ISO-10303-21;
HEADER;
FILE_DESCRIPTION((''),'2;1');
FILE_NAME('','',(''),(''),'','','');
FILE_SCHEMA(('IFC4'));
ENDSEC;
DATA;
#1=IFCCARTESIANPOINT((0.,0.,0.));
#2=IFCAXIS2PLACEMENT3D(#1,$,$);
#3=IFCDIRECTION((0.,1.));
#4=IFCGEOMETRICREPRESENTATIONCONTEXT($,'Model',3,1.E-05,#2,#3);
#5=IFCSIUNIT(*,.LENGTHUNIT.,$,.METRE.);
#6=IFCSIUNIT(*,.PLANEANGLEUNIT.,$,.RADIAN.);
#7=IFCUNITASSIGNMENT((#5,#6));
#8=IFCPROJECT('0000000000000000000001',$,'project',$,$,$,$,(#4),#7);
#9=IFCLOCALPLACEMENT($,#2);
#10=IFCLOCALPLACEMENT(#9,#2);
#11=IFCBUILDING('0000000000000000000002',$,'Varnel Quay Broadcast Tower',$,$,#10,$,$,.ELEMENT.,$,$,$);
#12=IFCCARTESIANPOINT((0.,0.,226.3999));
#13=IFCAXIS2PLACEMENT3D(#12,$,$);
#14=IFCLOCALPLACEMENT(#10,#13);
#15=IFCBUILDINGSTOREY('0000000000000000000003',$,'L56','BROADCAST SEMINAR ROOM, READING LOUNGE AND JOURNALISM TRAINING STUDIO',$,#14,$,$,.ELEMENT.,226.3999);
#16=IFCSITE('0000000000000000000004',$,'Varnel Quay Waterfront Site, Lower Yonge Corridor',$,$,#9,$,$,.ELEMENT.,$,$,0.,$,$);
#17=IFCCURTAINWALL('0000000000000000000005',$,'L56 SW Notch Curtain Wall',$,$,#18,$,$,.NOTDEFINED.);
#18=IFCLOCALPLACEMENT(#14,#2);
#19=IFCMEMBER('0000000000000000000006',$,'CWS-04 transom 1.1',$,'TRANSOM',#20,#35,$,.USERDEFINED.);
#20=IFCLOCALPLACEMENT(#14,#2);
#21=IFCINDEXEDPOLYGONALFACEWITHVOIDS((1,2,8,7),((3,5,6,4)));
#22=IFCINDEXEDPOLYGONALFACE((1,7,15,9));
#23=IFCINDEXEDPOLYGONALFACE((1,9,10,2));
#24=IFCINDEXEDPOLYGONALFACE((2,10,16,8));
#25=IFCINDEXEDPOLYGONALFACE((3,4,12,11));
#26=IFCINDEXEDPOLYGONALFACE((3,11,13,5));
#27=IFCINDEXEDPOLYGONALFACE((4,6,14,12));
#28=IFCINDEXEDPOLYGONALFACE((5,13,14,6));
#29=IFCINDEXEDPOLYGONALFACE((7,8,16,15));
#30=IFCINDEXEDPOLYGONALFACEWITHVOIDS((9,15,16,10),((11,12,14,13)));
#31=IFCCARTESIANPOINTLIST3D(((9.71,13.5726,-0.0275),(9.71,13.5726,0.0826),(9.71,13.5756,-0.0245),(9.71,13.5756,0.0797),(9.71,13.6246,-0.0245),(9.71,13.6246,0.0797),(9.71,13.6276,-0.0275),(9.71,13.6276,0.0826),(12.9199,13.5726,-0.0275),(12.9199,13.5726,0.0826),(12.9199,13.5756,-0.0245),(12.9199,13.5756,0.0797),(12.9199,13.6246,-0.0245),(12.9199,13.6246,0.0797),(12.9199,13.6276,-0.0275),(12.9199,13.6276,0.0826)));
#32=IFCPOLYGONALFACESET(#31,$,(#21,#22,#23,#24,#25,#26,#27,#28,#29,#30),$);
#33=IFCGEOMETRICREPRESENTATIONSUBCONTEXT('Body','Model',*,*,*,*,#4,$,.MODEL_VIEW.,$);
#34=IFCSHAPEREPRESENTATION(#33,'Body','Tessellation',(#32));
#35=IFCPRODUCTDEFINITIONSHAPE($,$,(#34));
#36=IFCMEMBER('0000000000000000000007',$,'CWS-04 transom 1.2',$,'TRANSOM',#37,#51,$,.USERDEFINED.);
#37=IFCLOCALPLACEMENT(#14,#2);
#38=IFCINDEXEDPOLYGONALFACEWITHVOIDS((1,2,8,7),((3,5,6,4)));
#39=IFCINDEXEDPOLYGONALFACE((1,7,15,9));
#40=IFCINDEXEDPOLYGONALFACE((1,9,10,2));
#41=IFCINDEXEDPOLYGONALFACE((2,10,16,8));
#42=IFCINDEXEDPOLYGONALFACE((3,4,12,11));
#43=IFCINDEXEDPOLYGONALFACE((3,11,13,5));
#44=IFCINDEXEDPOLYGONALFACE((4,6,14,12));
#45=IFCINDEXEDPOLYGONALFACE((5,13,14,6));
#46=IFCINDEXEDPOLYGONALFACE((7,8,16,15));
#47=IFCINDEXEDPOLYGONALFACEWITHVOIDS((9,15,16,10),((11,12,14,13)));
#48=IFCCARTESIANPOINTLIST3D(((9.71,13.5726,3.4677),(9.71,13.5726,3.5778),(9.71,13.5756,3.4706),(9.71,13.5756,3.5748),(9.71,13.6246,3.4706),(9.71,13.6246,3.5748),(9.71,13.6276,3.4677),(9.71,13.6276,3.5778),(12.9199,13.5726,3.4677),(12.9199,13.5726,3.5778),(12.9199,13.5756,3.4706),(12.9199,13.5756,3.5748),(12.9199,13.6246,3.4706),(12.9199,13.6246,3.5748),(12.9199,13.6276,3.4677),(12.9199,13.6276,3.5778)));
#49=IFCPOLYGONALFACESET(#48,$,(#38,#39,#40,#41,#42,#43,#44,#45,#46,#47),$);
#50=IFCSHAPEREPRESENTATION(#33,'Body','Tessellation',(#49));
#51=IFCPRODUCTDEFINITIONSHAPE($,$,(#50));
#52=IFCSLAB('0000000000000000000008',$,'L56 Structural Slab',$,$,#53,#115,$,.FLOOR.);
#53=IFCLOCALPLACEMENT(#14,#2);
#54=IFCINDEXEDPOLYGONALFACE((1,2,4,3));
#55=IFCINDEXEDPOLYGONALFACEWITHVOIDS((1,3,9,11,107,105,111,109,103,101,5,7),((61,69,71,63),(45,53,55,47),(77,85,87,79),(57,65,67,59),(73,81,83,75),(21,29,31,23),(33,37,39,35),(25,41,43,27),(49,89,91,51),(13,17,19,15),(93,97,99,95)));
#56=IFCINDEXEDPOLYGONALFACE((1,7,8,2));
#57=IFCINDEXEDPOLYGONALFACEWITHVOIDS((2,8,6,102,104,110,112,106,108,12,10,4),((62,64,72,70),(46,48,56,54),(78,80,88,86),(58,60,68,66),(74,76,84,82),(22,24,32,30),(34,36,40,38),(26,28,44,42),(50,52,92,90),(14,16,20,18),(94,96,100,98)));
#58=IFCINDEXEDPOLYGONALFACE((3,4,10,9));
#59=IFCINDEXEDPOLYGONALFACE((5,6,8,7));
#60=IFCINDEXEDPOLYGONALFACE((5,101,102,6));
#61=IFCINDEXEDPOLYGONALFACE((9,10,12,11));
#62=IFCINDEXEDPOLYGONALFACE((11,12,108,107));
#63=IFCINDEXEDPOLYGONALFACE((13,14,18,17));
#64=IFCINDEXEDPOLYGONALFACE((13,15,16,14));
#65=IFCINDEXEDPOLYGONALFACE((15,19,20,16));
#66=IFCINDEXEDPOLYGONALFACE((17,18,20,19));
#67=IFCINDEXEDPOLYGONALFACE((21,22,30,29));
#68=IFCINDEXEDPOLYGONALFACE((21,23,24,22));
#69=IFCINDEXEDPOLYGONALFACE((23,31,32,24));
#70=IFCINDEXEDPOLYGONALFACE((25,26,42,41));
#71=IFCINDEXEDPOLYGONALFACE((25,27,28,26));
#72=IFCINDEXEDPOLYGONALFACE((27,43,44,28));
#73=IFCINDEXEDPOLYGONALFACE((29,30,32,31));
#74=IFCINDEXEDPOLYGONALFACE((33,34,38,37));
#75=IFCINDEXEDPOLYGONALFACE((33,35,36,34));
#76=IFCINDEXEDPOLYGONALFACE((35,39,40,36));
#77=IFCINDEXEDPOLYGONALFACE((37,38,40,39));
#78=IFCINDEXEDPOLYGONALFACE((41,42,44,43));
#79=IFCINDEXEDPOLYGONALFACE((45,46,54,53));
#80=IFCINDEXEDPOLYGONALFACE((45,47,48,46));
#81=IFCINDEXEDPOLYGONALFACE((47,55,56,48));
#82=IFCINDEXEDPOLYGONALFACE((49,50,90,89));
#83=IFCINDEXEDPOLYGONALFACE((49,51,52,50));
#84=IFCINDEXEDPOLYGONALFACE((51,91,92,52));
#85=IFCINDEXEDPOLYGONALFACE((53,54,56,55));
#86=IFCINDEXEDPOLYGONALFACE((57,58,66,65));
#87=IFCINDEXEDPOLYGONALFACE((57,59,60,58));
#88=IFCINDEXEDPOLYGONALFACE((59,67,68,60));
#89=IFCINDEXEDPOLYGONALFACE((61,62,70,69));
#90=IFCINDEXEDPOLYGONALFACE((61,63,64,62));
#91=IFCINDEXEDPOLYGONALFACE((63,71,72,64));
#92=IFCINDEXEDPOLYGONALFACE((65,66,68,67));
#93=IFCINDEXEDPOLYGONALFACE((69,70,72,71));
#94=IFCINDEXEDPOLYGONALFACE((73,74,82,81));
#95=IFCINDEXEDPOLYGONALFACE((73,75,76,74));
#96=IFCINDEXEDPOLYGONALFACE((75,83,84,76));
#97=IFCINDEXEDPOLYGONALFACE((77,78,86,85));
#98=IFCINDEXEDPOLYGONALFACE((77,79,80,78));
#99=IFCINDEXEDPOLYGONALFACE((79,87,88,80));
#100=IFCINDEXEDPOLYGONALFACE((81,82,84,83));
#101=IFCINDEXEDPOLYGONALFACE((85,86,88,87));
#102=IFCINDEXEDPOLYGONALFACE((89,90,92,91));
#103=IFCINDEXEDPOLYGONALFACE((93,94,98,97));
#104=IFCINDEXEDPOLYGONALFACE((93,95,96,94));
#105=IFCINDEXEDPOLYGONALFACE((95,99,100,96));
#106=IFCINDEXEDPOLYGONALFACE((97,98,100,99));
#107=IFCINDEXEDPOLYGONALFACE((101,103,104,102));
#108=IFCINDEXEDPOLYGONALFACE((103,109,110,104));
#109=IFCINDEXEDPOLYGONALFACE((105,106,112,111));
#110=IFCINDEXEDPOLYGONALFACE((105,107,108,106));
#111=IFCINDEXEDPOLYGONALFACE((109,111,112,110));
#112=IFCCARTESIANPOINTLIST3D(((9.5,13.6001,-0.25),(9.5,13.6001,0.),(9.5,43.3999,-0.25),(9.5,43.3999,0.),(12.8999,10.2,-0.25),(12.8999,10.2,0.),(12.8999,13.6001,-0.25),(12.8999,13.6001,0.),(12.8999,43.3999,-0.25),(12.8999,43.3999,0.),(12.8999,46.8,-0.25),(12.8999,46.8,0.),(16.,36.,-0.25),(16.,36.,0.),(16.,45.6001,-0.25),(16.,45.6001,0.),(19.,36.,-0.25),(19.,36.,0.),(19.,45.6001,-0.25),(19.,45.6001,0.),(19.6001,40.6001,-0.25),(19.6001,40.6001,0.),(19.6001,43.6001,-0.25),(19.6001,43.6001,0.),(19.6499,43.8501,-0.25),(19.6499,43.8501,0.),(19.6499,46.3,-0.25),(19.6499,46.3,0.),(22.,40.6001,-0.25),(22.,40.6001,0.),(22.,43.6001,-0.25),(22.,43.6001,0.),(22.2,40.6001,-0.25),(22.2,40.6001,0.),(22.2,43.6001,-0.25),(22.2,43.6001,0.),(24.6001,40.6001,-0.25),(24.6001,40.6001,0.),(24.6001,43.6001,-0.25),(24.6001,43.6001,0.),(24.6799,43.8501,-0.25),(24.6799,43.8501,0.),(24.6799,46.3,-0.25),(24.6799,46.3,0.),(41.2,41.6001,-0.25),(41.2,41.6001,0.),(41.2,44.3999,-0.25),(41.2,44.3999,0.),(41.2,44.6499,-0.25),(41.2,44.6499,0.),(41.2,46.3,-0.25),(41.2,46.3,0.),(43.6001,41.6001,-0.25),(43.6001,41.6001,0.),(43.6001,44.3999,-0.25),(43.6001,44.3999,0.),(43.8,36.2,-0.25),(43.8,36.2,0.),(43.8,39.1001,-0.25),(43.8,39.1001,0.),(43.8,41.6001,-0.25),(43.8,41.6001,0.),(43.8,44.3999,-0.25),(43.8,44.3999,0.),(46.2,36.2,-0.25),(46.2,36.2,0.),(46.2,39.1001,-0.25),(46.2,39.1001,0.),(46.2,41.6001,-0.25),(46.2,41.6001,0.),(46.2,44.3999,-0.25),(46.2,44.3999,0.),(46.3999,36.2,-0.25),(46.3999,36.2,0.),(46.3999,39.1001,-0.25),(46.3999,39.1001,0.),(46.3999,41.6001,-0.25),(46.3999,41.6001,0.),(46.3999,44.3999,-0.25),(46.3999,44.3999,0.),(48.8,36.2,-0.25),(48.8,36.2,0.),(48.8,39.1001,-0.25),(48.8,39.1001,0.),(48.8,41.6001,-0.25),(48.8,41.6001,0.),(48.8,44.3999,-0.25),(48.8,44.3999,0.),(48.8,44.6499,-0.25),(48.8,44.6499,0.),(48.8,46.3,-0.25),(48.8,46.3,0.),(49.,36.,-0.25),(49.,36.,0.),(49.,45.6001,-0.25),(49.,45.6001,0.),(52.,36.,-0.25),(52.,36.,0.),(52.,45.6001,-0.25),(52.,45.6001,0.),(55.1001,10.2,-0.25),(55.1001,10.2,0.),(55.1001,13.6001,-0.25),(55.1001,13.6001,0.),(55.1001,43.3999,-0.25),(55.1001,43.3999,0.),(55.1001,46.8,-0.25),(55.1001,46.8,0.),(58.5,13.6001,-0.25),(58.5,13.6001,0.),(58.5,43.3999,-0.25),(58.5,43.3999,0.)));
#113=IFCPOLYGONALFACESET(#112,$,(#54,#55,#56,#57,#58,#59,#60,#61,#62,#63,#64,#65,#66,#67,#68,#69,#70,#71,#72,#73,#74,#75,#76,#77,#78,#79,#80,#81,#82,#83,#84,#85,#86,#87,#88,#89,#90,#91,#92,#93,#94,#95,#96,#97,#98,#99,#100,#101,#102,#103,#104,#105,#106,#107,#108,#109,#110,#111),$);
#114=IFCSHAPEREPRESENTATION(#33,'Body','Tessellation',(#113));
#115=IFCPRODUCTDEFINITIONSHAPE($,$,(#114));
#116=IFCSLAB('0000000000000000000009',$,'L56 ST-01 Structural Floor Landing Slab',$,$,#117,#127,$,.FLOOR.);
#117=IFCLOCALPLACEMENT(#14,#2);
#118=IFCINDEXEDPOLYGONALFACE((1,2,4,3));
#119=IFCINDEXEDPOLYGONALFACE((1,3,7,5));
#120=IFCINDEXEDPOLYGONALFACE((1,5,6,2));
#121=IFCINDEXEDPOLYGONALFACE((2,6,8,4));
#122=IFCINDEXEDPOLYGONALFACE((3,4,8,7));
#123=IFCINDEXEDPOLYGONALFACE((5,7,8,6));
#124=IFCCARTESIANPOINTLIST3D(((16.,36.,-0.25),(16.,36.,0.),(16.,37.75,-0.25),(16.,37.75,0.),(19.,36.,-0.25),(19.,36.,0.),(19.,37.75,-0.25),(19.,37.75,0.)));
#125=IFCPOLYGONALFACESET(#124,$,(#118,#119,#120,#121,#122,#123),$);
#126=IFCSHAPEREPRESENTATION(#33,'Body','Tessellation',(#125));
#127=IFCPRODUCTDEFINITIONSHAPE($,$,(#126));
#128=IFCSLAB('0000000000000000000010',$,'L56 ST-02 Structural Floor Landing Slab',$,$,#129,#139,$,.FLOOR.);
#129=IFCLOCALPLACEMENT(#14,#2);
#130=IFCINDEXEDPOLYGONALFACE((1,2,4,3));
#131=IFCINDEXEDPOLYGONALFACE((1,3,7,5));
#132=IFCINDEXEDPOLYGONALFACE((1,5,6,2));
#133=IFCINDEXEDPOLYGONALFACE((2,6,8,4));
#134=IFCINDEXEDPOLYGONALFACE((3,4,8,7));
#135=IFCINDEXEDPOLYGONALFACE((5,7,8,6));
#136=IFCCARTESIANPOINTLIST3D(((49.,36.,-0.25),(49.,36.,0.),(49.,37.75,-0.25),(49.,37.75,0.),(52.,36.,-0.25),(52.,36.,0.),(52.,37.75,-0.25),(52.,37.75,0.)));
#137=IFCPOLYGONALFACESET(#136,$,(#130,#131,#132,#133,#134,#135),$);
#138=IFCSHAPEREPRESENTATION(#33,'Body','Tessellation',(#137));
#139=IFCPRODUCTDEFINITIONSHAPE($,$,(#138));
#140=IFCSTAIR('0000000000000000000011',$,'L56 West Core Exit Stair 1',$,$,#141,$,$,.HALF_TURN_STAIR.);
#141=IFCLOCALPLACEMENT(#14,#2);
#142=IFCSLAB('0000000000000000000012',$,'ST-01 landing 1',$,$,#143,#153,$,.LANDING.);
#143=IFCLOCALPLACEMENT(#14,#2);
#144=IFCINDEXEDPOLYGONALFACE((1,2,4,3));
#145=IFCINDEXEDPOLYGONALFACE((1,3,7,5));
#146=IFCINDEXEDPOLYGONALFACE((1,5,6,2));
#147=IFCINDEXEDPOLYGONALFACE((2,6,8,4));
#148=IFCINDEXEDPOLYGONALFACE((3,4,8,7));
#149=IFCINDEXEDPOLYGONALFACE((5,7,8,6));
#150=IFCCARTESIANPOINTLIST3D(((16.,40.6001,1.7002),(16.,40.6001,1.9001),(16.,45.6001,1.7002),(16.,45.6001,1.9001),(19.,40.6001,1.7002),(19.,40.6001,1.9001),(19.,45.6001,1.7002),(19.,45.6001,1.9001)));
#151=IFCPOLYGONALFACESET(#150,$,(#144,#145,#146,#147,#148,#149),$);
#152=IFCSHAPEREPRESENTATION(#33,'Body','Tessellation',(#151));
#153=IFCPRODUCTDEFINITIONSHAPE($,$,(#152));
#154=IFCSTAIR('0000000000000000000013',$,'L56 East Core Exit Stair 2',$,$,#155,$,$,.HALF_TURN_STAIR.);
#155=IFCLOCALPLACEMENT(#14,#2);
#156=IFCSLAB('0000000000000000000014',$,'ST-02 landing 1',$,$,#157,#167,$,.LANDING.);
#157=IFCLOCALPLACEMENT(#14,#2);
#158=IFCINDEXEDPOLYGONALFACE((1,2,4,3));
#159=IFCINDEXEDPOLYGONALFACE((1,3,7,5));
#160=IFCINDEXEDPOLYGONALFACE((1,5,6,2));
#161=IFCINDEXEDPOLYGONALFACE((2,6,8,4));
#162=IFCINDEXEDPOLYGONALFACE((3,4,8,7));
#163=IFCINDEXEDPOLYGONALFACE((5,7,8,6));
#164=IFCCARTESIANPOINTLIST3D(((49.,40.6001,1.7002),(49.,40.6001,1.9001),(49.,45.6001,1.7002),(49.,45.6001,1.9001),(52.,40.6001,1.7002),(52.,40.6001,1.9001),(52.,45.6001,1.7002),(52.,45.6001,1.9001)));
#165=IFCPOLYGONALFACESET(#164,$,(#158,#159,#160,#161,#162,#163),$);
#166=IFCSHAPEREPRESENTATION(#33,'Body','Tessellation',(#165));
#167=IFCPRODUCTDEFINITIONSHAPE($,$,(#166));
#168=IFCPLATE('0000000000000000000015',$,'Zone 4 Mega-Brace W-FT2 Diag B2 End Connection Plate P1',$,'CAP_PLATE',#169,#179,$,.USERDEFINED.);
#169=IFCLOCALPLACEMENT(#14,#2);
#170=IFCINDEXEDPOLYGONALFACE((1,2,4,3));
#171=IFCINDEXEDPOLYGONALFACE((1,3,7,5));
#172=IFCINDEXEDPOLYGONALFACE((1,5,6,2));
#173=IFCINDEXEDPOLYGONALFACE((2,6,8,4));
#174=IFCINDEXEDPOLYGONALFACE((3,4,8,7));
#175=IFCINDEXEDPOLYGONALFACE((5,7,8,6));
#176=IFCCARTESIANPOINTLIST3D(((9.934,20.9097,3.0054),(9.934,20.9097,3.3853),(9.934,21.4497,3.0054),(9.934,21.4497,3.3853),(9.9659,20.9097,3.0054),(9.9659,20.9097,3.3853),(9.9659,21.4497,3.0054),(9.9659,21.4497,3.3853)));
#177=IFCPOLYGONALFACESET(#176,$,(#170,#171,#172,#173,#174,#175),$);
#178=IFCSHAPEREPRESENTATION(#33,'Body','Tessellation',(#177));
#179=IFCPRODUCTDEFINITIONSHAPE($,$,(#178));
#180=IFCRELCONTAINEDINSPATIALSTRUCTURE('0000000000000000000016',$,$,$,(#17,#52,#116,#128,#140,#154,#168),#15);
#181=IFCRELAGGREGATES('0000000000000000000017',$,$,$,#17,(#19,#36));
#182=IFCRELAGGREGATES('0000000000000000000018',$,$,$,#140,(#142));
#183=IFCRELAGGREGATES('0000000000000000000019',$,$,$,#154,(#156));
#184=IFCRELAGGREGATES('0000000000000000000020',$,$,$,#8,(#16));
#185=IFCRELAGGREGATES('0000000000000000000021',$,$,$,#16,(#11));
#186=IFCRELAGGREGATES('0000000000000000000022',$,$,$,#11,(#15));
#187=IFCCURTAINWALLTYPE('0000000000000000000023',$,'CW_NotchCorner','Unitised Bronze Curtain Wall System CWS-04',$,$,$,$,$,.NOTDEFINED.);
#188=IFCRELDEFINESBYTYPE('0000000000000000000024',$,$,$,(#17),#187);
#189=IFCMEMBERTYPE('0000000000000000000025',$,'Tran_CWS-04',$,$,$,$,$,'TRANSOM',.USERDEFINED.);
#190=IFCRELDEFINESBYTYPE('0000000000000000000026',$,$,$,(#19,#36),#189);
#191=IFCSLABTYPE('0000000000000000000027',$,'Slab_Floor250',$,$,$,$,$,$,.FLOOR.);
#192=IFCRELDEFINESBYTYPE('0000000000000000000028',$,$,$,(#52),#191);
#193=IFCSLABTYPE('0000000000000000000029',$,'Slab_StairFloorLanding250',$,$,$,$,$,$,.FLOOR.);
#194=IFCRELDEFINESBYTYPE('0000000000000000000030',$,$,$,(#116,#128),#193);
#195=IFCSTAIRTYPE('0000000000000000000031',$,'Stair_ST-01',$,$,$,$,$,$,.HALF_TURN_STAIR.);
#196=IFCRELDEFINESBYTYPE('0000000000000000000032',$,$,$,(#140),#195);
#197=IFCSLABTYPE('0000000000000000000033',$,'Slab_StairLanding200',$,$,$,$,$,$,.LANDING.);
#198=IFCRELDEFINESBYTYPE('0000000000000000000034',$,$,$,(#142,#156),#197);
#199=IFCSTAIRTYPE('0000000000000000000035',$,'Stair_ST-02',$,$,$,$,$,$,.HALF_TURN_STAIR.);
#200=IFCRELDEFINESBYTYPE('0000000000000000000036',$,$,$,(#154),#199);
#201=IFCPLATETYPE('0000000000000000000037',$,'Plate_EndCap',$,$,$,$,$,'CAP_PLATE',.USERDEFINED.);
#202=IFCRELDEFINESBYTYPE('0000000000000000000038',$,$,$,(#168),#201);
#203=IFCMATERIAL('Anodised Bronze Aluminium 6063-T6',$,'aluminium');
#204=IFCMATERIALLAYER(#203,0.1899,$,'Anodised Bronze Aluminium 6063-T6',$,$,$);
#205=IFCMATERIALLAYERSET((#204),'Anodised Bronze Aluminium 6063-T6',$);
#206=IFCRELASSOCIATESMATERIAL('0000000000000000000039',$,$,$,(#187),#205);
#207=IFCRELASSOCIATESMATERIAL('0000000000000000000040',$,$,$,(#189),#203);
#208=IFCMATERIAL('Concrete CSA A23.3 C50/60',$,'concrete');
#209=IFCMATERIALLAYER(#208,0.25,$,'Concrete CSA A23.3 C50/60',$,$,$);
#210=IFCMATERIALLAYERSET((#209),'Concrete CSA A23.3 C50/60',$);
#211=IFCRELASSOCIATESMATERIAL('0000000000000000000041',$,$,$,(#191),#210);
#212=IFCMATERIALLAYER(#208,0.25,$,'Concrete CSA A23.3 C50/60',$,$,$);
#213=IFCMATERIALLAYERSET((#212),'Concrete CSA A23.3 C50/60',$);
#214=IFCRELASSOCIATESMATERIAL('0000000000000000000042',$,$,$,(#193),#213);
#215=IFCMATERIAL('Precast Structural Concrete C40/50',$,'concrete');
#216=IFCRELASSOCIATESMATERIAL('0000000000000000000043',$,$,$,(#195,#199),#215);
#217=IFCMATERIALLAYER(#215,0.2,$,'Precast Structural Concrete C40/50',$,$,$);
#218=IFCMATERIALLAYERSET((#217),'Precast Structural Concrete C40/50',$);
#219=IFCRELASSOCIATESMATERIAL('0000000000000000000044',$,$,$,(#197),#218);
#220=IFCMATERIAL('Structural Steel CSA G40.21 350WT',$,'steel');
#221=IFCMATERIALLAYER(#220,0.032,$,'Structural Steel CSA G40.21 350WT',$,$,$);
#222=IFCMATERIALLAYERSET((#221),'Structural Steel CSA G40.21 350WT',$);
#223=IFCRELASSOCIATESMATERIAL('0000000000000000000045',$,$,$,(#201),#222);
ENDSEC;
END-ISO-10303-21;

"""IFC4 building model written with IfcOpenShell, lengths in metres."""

from ifc_helpers import new_model, si_unit, direction, frame, origin, origin_2d, place, context, subcontext, project, spatial, polyline, rectangle, hollow_rectangle, outline, extrude, source, transform, mapped, material, layer, layer_set, material_profile, profile_set, type_object, type_shapes, element, aggregate, save


model = new_model("IFC4")

# Units and contexts
model_context = context("Model", 3, precision=1e-05, world=origin(), true_north=direction((0.0, 1.0)))
body_context = subcontext(model_context, "Body", "Model", "MODEL_VIEW")
ifc_project = project(units=[si_unit("LENGTHUNIT", "METRE"), si_unit("PLANEANGLEUNIT", "RADIAN")], contexts=[model_context])

# Site, building, storey
site_placement = place(None, origin())
site = spatial("IfcSite", under=ifc_project, at=site_placement, Name="Varnel Quay Waterfront Site, Lower Yonge Corridor", CompositionType="ELEMENT", RefElevation=0.0)
building_placement = place(site_placement, origin())
building = spatial("IfcBuilding", under=site, at=building_placement, Name="Varnel Quay Broadcast Tower", CompositionType="ELEMENT")
storey_placement = place(building_placement, frame((0.0, 0.0, 226.3999)))
storey = spatial("IfcBuildingStorey", under=building, at=storey_placement, Name="L56", Description="BROADCAST SEMINAR ROOM, READING LOUNGE AND JOURNALISM TRAINING STUDIO", CompositionType="ELEMENT", Elevation=226.3999)

# Curtain wall
ifc_material_1 = material(Name="Anodised Bronze Aluminium 6063-T6", Category="aluminium")
ifc_layer_1 = layer(ifc_material_1, 0.1899, Name="Anodised Bronze Aluminium 6063-T6")
ifc_layer_set_1 = layer_set([ifc_layer_1], Name="Anodised Bronze Aluminium 6063-T6")
curtain_wall_type_1 = type_object("IfcCurtainWallType", Name="CW_NotchCorner", Description="Unitised Bronze Curtain Wall System CWS-04", PredefinedType="NOTDEFINED", material=ifc_layer_set_1)
curtain_wall_1_placement = place(storey_placement, origin())
curtain_wall_1 = element("IfcCurtainWall", 1, at=curtain_wall_1_placement, inside=storey, type_object=curtain_wall_type_1, Name="L56 SW Notch Curtain Wall", PredefinedType="NOTDEFINED")

# Members
ifc_material_profile_1 = material_profile(ifc_material_1, hollow_rectangle(XDim=0.0549, YDim=0.1101, WallThickness=0.0029, at=origin_2d()), Name="ALU55X110X3")
ifc_profile_set_1 = profile_set([ifc_material_profile_1], Name="Anodised Bronze Aluminium 6063-T6")
member_type_1 = type_object("IfcMemberType", Name="Tran_CWS-04", ElementType="TRANSOM", PredefinedType="USERDEFINED", material=ifc_profile_set_1)
shared_shape_1 = source(origin(), body_context, "Body", "SweptSolid", [
    extrude(hollow_rectangle(XDim=0.0549, YDim=0.1101, WallThickness=0.0029, at=origin_2d()), origin(), (0.0, 0.0, 1.0), 3.21),
])
type_shapes(member_type_1, [shared_shape_1])
member_1_placement = place(storey_placement, frame((9.71, 13.6001, 0.0276), z_axis=(1.0, 0.0, 0.0), x_axis=(0.0, 1.0, 0.0)))
member_1 = element("IfcMember", 2, at=member_1_placement, type_object=member_type_1, Name="CWS-04 transom 1.1", ObjectType="TRANSOM", PredefinedType="USERDEFINED", context=body_context, shape_type="MappedRepresentation", body=[
    mapped(shared_shape_1, transform((0.0, 0.0, 0.0), x_axis=(1.0, 0.0, 0.0), y_axis=(0.0, 1.0, 0.0), z_axis=(0.0, 0.0, 1.0), scale=1.0)),
])
member_2_placement = place(storey_placement, frame((9.71, 13.6001, 3.5227), z_axis=(1.0, 0.0, 0.0), x_axis=(0.0, 1.0, 0.0)))
member_2 = element("IfcMember", 3, at=member_2_placement, type_object=member_type_1, Name="CWS-04 transom 1.2", ObjectType="TRANSOM", PredefinedType="USERDEFINED", context=body_context, shape_type="MappedRepresentation", body=[
    mapped(shared_shape_1, transform((0.0, 0.0, 0.0), x_axis=(1.0, 0.0, 0.0), y_axis=(0.0, 1.0, 0.0), z_axis=(0.0, 0.0, 1.0), scale=1.0)),
])
aggregate(curtain_wall_1, [member_1, member_2])

# Slabs
ifc_material_2 = material(Name="Concrete CSA A23.3 C50/60", Category="concrete")
ifc_layer_2 = layer(ifc_material_2, 0.25, Name="Concrete CSA A23.3 C50/60")
ifc_layer_set_2 = layer_set([ifc_layer_2], Name="Concrete CSA A23.3 C50/60")
slab_type_1 = type_object("IfcSlabType", Name="Slab_Floor250", PredefinedType="FLOOR", material=ifc_layer_set_2)
slab_1_placement = place(storey_placement, frame((0.0, 0.0, -0.25)))
element("IfcSlab", 4, at=slab_1_placement, inside=storey, type_object=slab_type_1, Name="L56 Structural Slab", PredefinedType="FLOOR", context=body_context, shape_type="SweptSolid", body=[
    extrude(outline(polyline([(12.8999, 10.2), (55.1001, 10.2), (55.1001, 13.6001), (58.5, 13.6001), (58.5, 43.3999), (55.1001, 43.3999), (55.1001, 46.8), (12.8999, 46.8), (12.8999, 43.3999), (9.5, 43.3999), (9.5, 13.6001), (12.8999, 13.6001), (12.8999, 10.2)]), holes=[polyline([(19.0, 36.0), (16.0, 36.0), (16.0, 45.6001), (19.0, 45.6001), (19.0, 36.0)]), polyline([(19.6001, 40.6001), (19.6001, 43.6001), (22.0, 43.6001), (22.0, 40.6001), (19.6001, 40.6001)]), polyline([(22.2, 40.6001), (22.2, 43.6001), (24.6001, 43.6001), (24.6001, 40.6001), (22.2, 40.6001)]), polyline([(41.2, 44.3999), (43.6001, 44.3999), (43.6001, 41.6001), (41.2, 41.6001), (41.2, 44.3999)]), polyline([(43.8, 44.3999), (46.2, 44.3999), (46.2, 41.6001), (43.8, 41.6001), (43.8, 44.3999)]), polyline([(19.6499, 43.8501), (19.6499, 46.3), (24.6799, 46.3), (24.6799, 43.8501), (19.6499, 43.8501)]), polyline([(43.8, 39.1001), (46.2, 39.1001), (46.2, 36.2), (43.8, 36.2), (43.8, 39.1001)]), polyline([(46.3999, 39.1001), (48.8, 39.1001), (48.8, 36.2), (46.3999, 36.2), (46.3999, 39.1001)]), polyline([(52.0, 36.0), (49.0, 36.0), (49.0, 45.6001), (52.0, 45.6001), (52.0, 36.0)]), polyline([(46.3999, 44.3999), (48.8, 44.3999), (48.8, 41.6001), (46.3999, 41.6001), (46.3999, 44.3999)]), polyline([(41.2, 46.3), (48.8, 46.3), (48.8, 44.6499), (41.2, 44.6499), (41.2, 46.3)])]), origin(), (0.0, 0.0, 1.0), 0.25),
])
ifc_layer_3 = layer(ifc_material_2, 0.25, Name="Concrete CSA A23.3 C50/60")
ifc_layer_set_3 = layer_set([ifc_layer_3], Name="Concrete CSA A23.3 C50/60")
slab_type_2 = type_object("IfcSlabType", Name="Slab_StairFloorLanding250", PredefinedType="FLOOR", material=ifc_layer_set_3)
slab_2_placement = place(storey_placement, frame((0.0, 0.0, -0.25)))
element("IfcSlab", 5, at=slab_2_placement, inside=storey, type_object=slab_type_2, Name="L56 ST-01 Structural Floor Landing Slab", PredefinedType="FLOOR", context=body_context, shape_type="SweptSolid", body=[
    extrude(outline(polyline([(19.0, 36.0), (19.0, 37.75), (16.0, 37.75), (16.0, 36.0), (19.0, 36.0)])), origin(), (0.0, 0.0, 1.0), 0.25),
])
slab_3_placement = place(storey_placement, frame((0.0, 0.0, -0.25)))
element("IfcSlab", 6, at=slab_3_placement, inside=storey, type_object=slab_type_2, Name="L56 ST-02 Structural Floor Landing Slab", PredefinedType="FLOOR", context=body_context, shape_type="SweptSolid", body=[
    extrude(outline(polyline([(52.0, 36.0), (52.0, 37.75), (49.0, 37.75), (49.0, 36.0), (52.0, 36.0)])), origin(), (0.0, 0.0, 1.0), 0.25),
])

# Stairs, slabs
ifc_material_3 = material(Name="Precast Structural Concrete C40/50", Category="concrete")
stair_type_1 = type_object("IfcStairType", Name="Stair_ST-01", PredefinedType="HALF_TURN_STAIR", material=ifc_material_3)
stair_1_placement = place(storey_placement, origin())
stair_1 = element("IfcStair", 7, at=stair_1_placement, inside=storey, type_object=stair_type_1, Name="L56 West Core Exit Stair 1", PredefinedType="HALF_TURN_STAIR")
ifc_layer_4 = layer(ifc_material_3, 0.2, Name="Precast Structural Concrete C40/50")
ifc_layer_set_4 = layer_set([ifc_layer_4], Name="Precast Structural Concrete C40/50")
slab_type_3 = type_object("IfcSlabType", Name="Slab_StairLanding200", PredefinedType="LANDING", material=ifc_layer_set_4)
slab_4_placement = place(storey_placement, frame((0.0, 0.0, 1.7002)))
slab_4 = element("IfcSlab", 8, at=slab_4_placement, type_object=slab_type_3, Name="ST-01 landing 1", PredefinedType="LANDING", context=body_context, shape_type="SweptSolid", body=[
    extrude(outline(polyline([(19.0, 40.6001), (19.0, 45.6001), (16.0, 45.6001), (16.0, 40.6001), (19.0, 40.6001)])), origin(), (0.0, 0.0, 1.0), 0.2),
])
aggregate(stair_1, [slab_4])
stair_type_2 = type_object("IfcStairType", Name="Stair_ST-02", PredefinedType="HALF_TURN_STAIR", material=ifc_material_3)
stair_2_placement = place(storey_placement, origin())
stair_2 = element("IfcStair", 9, at=stair_2_placement, inside=storey, type_object=stair_type_2, Name="L56 East Core Exit Stair 2", PredefinedType="HALF_TURN_STAIR")
slab_5_placement = place(storey_placement, frame((0.0, 0.0, 1.7002)))
slab_5 = element("IfcSlab", 10, at=slab_5_placement, type_object=slab_type_3, Name="ST-02 landing 1", PredefinedType="LANDING", context=body_context, shape_type="SweptSolid", body=[
    extrude(outline(polyline([(52.0, 40.6001), (52.0, 45.6001), (49.0, 45.6001), (49.0, 40.6001), (52.0, 40.6001)])), origin(), (0.0, 0.0, 1.0), 0.2),
])
aggregate(stair_2, [slab_5])

# Plate
ifc_material_4 = material(Name="Structural Steel CSA G40.21 350WT", Category="steel")
ifc_layer_5 = layer(ifc_material_4, 0.032, Name="Structural Steel CSA G40.21 350WT")
ifc_layer_set_5 = layer_set([ifc_layer_5], Name="Structural Steel CSA G40.21 350WT")
plate_type_1 = type_object("IfcPlateType", Name="Plate_EndCap", ElementType="CAP_PLATE", PredefinedType="USERDEFINED", material=ifc_layer_set_5)
shared_shape_2 = source(origin(), body_context, "Body", "SweptSolid", [
    extrude(rectangle(XDim=0.54, YDim=0.032, at=origin_2d()), origin(), (0.0, 0.0, 1.0), 0.3799),
])
type_shapes(plate_type_1, [shared_shape_2])
plate_1_placement = place(storey_placement, frame((9.95, 21.1797, 3.0054), z_axis=(0.0, 0.0, 1.0), x_axis=(0.0, 1.0, 0.0)))
element("IfcPlate", 11, at=plate_1_placement, inside=storey, type_object=plate_type_1, Name="Zone 4 Mega-Brace W-FT2 Diag B2 End Connection Plate P1", ObjectType="CAP_PLATE", PredefinedType="USERDEFINED", context=body_context, shape_type="MappedRepresentation", body=[
    mapped(shared_shape_2, transform((0.0, 0.0, 0.0), x_axis=(1.0, 0.0, 0.0), y_axis=(0.0, 1.0, 0.0), z_axis=(0.0, 0.0, 1.0), scale=1.0)),
])

save(model, "model.ifc")
